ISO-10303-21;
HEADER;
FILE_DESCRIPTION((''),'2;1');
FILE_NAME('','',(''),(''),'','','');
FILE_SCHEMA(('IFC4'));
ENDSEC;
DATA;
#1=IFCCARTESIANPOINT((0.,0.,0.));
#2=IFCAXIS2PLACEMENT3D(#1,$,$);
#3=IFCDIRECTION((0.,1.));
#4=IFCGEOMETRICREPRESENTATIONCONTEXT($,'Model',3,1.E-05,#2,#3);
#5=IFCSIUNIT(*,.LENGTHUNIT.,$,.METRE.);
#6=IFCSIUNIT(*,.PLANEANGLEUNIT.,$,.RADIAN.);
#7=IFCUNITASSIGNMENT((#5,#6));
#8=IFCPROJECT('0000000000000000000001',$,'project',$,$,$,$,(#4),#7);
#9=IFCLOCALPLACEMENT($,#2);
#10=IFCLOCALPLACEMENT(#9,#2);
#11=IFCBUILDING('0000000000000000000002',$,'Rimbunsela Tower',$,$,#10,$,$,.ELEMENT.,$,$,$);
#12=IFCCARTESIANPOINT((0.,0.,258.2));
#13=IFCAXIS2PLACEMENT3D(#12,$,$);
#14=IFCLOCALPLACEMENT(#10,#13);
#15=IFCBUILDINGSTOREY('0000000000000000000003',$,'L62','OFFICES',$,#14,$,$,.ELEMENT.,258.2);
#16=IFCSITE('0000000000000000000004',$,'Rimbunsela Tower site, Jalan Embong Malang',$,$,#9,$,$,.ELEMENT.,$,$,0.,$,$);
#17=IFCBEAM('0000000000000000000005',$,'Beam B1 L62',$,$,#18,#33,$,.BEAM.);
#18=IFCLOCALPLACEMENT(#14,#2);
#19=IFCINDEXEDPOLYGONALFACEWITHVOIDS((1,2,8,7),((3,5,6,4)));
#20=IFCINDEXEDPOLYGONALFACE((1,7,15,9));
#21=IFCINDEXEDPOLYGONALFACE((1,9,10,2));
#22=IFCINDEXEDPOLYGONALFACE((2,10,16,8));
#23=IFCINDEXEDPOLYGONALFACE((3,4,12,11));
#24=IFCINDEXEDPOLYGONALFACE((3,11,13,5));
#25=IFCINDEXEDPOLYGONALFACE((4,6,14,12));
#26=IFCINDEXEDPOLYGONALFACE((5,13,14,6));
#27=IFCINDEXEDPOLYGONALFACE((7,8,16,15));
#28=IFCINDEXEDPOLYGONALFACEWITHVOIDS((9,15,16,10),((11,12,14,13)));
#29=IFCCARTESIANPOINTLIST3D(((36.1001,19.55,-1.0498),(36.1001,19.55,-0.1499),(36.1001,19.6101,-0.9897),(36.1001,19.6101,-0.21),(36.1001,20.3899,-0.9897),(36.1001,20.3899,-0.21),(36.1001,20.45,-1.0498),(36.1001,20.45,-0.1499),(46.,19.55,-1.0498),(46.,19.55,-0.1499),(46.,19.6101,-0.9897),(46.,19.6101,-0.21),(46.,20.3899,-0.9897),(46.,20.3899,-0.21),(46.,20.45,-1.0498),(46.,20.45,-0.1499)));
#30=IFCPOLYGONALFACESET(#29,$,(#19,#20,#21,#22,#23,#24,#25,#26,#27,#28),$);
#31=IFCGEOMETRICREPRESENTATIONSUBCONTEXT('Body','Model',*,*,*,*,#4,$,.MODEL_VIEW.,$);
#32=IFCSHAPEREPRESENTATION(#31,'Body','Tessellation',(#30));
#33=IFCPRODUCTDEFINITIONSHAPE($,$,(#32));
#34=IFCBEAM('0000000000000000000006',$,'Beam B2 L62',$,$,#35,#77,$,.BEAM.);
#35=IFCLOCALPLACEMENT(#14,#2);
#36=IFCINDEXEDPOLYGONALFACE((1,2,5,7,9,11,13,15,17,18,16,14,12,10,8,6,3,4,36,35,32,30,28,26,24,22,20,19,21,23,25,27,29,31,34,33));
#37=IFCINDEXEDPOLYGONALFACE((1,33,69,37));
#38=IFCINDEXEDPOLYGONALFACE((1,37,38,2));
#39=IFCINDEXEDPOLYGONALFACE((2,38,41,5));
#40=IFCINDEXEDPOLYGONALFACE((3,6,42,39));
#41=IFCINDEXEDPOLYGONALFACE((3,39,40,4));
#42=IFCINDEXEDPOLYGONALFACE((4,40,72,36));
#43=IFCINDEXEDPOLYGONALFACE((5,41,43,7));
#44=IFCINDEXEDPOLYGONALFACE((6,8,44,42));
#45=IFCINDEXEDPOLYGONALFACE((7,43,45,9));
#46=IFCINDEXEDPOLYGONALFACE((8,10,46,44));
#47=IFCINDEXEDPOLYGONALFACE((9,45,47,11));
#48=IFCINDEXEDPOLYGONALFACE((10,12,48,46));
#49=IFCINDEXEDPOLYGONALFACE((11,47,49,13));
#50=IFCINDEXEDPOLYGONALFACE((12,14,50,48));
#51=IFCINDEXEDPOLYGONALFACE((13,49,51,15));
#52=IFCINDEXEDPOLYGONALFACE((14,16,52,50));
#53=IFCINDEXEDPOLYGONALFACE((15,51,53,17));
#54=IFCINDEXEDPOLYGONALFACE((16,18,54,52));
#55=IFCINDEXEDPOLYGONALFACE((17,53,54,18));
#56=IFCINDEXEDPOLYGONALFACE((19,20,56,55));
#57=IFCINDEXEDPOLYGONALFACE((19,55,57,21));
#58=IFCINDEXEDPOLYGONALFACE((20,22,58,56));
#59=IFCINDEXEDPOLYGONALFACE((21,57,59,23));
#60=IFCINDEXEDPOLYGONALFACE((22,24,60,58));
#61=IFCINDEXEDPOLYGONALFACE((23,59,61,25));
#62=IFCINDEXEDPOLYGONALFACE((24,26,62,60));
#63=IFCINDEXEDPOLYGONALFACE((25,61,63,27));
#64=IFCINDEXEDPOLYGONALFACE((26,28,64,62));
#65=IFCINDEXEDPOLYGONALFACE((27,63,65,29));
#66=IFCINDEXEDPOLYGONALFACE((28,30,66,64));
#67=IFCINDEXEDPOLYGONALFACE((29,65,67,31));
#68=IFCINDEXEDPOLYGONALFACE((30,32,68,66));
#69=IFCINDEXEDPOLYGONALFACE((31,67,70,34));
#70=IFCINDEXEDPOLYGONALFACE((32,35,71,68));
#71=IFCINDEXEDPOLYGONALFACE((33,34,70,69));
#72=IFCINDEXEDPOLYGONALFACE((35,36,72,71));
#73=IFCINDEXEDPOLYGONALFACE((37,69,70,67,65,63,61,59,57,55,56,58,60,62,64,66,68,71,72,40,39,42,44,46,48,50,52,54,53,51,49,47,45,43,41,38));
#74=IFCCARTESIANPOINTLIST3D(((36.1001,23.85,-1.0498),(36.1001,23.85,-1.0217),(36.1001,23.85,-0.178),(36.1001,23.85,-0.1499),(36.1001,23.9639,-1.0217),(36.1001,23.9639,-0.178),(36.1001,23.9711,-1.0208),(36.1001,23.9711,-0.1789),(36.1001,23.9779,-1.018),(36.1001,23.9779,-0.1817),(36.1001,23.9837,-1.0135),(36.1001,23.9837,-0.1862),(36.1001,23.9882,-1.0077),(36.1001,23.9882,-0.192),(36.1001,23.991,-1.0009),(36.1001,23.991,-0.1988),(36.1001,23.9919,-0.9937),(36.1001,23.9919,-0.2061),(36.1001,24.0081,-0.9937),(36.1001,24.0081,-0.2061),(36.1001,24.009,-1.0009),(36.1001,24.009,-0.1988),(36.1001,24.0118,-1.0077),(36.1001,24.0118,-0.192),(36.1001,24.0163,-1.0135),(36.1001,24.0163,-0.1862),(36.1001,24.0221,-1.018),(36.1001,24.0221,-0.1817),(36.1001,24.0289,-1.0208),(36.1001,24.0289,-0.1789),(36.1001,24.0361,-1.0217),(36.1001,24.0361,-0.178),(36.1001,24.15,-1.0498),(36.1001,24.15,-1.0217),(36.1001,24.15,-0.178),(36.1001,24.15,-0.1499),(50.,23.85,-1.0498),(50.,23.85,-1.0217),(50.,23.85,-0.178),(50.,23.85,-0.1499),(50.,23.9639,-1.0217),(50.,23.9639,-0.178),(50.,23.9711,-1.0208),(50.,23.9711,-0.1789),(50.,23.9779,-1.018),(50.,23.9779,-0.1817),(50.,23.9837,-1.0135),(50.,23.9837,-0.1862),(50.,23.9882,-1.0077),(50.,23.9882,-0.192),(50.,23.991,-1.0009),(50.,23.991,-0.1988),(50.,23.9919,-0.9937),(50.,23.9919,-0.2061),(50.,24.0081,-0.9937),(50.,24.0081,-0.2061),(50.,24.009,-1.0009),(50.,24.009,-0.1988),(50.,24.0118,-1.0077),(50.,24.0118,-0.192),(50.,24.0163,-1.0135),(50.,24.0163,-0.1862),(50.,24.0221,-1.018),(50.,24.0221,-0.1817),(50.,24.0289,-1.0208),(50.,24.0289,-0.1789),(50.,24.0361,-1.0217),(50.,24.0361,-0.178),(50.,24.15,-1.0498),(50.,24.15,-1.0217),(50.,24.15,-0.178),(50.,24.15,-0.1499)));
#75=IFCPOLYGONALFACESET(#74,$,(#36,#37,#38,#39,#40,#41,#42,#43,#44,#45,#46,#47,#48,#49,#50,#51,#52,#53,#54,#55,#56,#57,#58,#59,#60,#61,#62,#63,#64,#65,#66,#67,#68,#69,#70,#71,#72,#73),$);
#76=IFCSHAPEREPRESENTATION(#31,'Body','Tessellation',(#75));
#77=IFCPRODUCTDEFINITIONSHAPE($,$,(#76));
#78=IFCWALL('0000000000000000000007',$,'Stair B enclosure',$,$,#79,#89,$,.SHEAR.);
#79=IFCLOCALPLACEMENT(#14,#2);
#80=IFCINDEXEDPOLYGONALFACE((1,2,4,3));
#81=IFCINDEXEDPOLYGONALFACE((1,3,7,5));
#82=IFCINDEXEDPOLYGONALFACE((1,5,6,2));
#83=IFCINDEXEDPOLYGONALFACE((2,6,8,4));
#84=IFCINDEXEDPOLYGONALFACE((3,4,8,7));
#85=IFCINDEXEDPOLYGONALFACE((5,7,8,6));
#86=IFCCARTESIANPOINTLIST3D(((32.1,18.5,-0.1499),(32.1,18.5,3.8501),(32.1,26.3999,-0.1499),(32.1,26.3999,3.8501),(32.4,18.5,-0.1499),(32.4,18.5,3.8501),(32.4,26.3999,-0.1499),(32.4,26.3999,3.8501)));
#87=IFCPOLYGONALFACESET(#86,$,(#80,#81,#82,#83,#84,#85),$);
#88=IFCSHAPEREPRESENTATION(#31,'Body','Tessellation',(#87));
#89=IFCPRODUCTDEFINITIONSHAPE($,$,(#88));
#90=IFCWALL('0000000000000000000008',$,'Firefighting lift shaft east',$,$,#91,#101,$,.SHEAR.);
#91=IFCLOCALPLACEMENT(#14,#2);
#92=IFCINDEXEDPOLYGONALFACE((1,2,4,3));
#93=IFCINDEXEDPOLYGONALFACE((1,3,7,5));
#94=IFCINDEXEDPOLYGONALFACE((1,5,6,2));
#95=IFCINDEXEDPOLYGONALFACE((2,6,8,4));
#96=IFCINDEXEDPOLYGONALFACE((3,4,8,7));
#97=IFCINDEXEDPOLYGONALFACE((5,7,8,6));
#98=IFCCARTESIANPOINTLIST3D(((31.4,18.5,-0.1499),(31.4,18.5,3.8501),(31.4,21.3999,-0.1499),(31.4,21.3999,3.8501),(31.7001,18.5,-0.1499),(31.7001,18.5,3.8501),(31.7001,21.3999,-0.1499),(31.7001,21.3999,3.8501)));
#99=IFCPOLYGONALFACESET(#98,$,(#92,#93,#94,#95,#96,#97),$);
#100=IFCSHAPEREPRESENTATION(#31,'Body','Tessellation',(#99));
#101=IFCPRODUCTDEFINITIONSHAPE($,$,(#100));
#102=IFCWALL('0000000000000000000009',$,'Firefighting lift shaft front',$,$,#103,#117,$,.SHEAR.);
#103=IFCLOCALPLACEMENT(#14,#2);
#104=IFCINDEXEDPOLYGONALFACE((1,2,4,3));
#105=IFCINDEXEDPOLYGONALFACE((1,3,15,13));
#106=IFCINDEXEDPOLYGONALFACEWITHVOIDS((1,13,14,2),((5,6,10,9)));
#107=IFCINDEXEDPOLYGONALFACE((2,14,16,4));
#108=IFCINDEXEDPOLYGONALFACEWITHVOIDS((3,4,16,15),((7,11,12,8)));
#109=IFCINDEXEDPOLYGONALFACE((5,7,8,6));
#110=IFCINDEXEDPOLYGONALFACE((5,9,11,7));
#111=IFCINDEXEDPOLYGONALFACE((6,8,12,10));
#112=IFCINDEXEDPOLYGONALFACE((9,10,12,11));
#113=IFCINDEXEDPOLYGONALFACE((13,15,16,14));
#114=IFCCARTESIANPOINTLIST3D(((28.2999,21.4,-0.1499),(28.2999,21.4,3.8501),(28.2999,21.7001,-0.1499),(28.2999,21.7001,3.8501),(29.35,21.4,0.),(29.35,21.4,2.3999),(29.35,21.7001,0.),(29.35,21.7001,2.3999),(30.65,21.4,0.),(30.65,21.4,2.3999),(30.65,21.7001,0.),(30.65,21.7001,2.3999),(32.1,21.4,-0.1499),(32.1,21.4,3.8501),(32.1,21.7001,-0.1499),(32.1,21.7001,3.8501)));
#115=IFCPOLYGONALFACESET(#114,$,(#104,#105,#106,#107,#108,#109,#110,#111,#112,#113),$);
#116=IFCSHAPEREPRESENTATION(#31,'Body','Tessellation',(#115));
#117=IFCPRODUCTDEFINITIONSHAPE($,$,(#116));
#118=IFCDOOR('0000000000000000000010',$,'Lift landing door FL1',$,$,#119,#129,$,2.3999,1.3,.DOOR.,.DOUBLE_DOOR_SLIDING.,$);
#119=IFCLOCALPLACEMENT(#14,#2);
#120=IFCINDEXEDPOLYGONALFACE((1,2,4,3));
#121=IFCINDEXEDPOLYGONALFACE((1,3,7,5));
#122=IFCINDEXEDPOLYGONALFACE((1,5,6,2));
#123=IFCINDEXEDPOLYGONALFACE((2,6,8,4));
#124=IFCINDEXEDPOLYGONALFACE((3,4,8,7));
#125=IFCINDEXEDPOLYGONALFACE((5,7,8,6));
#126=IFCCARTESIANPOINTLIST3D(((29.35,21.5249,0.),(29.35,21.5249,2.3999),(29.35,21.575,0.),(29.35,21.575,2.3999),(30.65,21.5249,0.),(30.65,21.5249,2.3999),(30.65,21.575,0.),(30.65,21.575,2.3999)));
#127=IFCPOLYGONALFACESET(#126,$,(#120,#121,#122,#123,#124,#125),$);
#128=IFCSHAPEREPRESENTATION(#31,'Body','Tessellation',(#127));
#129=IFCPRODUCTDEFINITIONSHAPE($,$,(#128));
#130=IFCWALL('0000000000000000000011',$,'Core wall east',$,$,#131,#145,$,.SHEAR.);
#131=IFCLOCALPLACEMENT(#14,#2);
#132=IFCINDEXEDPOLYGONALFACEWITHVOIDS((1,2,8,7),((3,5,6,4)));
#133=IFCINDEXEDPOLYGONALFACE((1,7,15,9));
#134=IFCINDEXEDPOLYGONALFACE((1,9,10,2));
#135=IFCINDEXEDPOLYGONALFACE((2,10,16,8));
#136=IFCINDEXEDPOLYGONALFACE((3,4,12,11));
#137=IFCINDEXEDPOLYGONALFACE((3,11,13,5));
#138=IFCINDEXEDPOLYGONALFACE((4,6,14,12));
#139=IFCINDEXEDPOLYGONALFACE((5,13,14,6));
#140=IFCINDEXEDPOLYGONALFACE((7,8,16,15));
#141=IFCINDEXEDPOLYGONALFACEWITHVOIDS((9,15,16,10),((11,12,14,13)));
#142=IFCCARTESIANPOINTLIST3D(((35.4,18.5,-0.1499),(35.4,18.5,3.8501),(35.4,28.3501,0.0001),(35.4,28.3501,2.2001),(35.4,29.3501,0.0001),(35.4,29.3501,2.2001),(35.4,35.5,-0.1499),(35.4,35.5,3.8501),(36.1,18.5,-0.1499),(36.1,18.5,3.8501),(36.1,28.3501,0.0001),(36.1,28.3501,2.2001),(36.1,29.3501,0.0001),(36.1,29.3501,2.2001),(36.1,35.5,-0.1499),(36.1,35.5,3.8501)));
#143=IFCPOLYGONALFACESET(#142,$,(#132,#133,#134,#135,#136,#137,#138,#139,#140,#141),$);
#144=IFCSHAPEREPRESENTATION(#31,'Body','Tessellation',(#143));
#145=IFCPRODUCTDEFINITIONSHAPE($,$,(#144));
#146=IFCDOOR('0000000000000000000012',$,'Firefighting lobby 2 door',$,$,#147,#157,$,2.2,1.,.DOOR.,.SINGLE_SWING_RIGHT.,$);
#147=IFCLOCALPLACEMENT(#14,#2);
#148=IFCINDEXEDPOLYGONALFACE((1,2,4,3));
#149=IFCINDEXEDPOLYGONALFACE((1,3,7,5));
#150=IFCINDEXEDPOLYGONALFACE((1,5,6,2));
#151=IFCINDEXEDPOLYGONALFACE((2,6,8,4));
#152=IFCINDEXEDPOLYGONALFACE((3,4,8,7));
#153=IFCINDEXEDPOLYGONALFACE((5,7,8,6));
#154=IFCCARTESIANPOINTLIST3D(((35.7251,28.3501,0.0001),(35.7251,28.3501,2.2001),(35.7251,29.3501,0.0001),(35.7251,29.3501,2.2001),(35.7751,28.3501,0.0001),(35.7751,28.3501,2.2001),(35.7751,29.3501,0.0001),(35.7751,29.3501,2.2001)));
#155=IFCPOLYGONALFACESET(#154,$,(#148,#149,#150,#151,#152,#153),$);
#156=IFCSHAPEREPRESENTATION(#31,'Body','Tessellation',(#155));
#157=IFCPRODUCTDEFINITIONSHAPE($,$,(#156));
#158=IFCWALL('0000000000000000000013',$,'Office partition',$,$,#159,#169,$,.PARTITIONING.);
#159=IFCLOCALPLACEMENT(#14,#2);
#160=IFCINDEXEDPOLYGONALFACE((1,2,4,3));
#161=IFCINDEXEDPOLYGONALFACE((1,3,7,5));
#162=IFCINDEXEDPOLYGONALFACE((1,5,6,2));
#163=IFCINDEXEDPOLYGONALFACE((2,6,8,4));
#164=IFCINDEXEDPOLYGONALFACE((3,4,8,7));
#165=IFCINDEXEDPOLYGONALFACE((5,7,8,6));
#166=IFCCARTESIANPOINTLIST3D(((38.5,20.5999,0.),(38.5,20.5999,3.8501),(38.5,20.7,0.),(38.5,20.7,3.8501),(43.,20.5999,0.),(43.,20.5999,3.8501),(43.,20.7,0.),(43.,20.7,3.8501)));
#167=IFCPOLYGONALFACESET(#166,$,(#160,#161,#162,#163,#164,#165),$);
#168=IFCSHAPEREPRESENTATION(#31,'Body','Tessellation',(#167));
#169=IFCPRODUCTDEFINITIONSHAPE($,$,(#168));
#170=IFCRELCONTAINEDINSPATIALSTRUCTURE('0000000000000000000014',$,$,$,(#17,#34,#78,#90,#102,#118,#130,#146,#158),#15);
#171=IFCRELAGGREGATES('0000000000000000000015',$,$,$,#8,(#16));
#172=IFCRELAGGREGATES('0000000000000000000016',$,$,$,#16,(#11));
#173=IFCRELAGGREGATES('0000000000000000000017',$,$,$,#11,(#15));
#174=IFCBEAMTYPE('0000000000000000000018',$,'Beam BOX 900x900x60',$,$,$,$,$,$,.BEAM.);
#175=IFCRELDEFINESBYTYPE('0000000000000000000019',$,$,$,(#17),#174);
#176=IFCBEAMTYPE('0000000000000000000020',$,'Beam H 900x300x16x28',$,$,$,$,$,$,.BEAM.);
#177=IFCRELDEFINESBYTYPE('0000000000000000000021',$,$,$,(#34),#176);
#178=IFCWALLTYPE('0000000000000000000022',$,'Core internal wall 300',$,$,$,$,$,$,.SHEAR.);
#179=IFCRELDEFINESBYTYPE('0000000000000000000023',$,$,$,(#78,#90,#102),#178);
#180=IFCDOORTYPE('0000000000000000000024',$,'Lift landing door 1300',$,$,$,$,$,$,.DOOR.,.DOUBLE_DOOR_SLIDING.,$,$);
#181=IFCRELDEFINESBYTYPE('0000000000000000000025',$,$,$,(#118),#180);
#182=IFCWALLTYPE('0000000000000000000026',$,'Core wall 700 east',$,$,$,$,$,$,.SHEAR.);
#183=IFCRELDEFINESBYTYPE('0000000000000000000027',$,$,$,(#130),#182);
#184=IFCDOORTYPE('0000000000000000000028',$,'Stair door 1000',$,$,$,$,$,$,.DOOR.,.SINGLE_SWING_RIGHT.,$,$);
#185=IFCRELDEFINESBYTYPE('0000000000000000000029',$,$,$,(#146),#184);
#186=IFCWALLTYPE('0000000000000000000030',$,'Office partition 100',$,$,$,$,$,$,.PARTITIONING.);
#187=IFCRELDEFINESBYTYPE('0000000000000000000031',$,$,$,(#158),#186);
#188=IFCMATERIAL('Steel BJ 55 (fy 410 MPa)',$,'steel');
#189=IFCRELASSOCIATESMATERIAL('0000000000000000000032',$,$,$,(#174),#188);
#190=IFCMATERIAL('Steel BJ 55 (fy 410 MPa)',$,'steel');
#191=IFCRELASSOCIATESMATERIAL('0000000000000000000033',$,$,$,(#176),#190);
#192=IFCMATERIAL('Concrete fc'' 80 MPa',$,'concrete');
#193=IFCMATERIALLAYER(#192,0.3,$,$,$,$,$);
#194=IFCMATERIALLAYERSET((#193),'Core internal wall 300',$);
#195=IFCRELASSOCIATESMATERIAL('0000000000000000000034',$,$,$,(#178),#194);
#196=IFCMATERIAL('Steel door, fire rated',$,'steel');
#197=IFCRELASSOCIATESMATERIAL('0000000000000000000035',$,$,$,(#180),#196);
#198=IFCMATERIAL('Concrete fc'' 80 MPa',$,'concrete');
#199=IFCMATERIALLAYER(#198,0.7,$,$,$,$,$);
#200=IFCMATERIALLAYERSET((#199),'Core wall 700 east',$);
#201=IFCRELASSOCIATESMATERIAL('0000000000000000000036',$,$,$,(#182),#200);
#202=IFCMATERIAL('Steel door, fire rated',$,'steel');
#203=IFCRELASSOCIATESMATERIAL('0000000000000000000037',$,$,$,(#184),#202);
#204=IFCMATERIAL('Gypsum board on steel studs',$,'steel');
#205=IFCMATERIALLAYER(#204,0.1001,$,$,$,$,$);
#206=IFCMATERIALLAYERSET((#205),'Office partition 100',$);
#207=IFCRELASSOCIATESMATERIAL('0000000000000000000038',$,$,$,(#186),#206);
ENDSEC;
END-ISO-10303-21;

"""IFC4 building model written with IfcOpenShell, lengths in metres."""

from ifc_helpers import new_model, si_unit, direction, frame, frame_2d, origin, origin_2d, place, context, subcontext, project, spatial, rectangle, hollow_rectangle, i_section, extrude, material, layer, layer_set, material_profile, profile_set, type_object, element, fill, save


model = new_model("IFC4")

# Units and contexts
model_context = context("Model", 3, precision=1e-05, world=origin(), true_north=direction((0.0, 1.0)))
body_context = subcontext(model_context, "Body", "Model", "MODEL_VIEW")
ifc_project = project(units=[si_unit("LENGTHUNIT", "METRE"), si_unit("PLANEANGLEUNIT", "RADIAN")], contexts=[model_context])

# Site, building, storey
site_placement = place(None, origin())
site = spatial("IfcSite", under=ifc_project, at=site_placement, Name="Rimbunsela Tower site, Jalan Embong Malang", CompositionType="ELEMENT", RefElevation=0.0)
building_placement = place(site_placement, origin())
building = spatial("IfcBuilding", under=site, at=building_placement, Name="Rimbunsela Tower", CompositionType="ELEMENT")
storey_placement = place(building_placement, frame((0.0, 0.0, 258.2)))
storey = spatial("IfcBuildingStorey", under=building, at=storey_placement, Name="L62", Description="OFFICES", CompositionType="ELEMENT", Elevation=258.2)

# Beams
ifc_material_1 = material(Name="Steel BJ 55 (fy 410 MPa)", Category="steel")
ifc_material_profile_1 = material_profile(ifc_material_1, hollow_rectangle(XDim=0.8999, YDim=0.8999, WallThickness=0.0601, at=origin_2d()), Name="BOX 900x900x60")
ifc_profile_set_1 = profile_set([ifc_material_profile_1], Name="Steel BJ 55 (fy 410 MPa)")
beam_type_1 = type_object("IfcBeamType", Name="Beam BOX 900x900x60", PredefinedType="BEAM", material=ifc_profile_set_1)
beam_1_placement = place(storey_placement, frame((36.1001, 20.0, -0.5999), z_axis=(1.0, 0.0, 0.0), x_axis=(0.0, 1.0, 0.0)))
element("IfcBeam", 1, at=beam_1_placement, inside=storey, type_object=beam_type_1, Name="Beam B1 L62", PredefinedType="BEAM", context=body_context, shape_type="SweptSolid", body=[
    extrude(hollow_rectangle(XDim=0.8999, YDim=0.8999, WallThickness=0.0601, at=origin_2d()), origin(), (0.0, 0.0, 1.0), 9.8999),
])
ifc_material_2 = material(Name="Steel BJ 55 (fy 410 MPa)", Category="steel")
ifc_material_profile_2 = material_profile(ifc_material_2, i_section(OverallWidth=0.3, OverallDepth=0.8999, WebThickness=0.0161, FlangeThickness=0.0281, FilletRadius=0.0281, at=origin_2d()), Name="H 900x300x16x28")
ifc_profile_set_2 = profile_set([ifc_material_profile_2], Name="Steel BJ 55 (fy 410 MPa)")
beam_type_2 = type_object("IfcBeamType", Name="Beam H 900x300x16x28", PredefinedType="BEAM", material=ifc_profile_set_2)
beam_2_placement = place(storey_placement, frame((36.1001, 24.0, -0.5999), z_axis=(1.0, 0.0, 0.0), x_axis=(0.0, 1.0, 0.0)))
element("IfcBeam", 2, at=beam_2_placement, inside=storey, type_object=beam_type_2, Name="Beam B2 L62", PredefinedType="BEAM", context=body_context, shape_type="SweptSolid", body=[
    extrude(i_section(OverallWidth=0.3, OverallDepth=0.8999, WebThickness=0.0161, FlangeThickness=0.0281, FilletRadius=0.0281, at=origin_2d()), origin(), (0.0, 0.0, 1.0), 13.8999),
])

# Walls
ifc_material_3 = material(Name="Concrete fc' 80 MPa", Category="concrete")
ifc_layer_1 = layer(ifc_material_3, 0.3)
ifc_layer_set_1 = layer_set([ifc_layer_1], Name="Core internal wall 300")
wall_type_1 = type_object("IfcWallType", Name="Core internal wall 300", PredefinedType="SHEAR", material=ifc_layer_set_1)
wall_1_placement = place(storey_placement, frame((32.25, 18.5, -0.1499), z_axis=(0.0, 0.0, 1.0), x_axis=(0.0, 1.0, 0.0)))
element("IfcWall", 3, at=wall_1_placement, inside=storey, type_object=wall_type_1, Name="Stair B enclosure", PredefinedType="SHEAR", context=body_context, shape_type="SweptSolid", body=[
    extrude(rectangle(XDim=7.8999, YDim=0.3, at=frame_2d((3.95, 0.0))), origin(), (0.0, 0.0, 1.0), 4.0),
])
wall_2_placement = place(storey_placement, frame((31.55, 18.5, -0.1499), z_axis=(0.0, 0.0, 1.0), x_axis=(0.0, 1.0, 0.0)))
element("IfcWall", 4, at=wall_2_placement, inside=storey, type_object=wall_type_1, Name="Firefighting lift shaft east", PredefinedType="SHEAR", context=body_context, shape_type="SweptSolid", body=[
    extrude(rectangle(XDim=2.8999, YDim=0.3, at=frame_2d((1.45, 0.0))), origin(), (0.0, 0.0, 1.0), 4.0),
])

# Walls, openings, doors
wall_3_placement = place(storey_placement, frame((28.3, 21.55, -0.1499), z_axis=(0.0, 0.0, 1.0), x_axis=(1.0, 0.0, 0.0)))
wall_3 = element("IfcWall", 5, at=wall_3_placement, inside=storey, type_object=wall_type_1, Name="Firefighting lift shaft front", PredefinedType="SHEAR", context=body_context, shape_type="SweptSolid", body=[
    extrude(rectangle(XDim=3.8, YDim=0.3, at=frame_2d((1.8999, 0.0))), origin(), (0.0, 0.0, 1.0), 4.0),
])
opening_1_placement = place(wall_3_placement, frame((1.05, 0.0, 0.1499)))
opening_1 = element("IfcOpeningElement", 6, at=opening_1_placement, cuts=wall_3, PredefinedType="OPENING", context=body_context, shape_type="SweptSolid", body=[
    extrude(rectangle(XDim=1.3, YDim=2.3999, at=frame_2d((0.6499, 1.2))), frame((0.0, 0.1599, 0.0), z_axis=(0.0, -1.0, 0.0), x_axis=(1.0, 0.0, 0.0)), (0.0, 0.0, 1.0), 0.3201),
])
ifc_material_4 = material(Name="Steel door, fire rated", Category="steel")
door_type_1 = type_object("IfcDoorType", Name="Lift landing door 1300", OperationType="DOUBLE_DOOR_SLIDING", PredefinedType="DOOR", material=ifc_material_4)
door_1_placement = place(opening_1_placement, origin())
door_1 = element("IfcDoor", 7, at=door_1_placement, inside=storey, type_object=door_type_1, Name="Lift landing door FL1", OperationType="DOUBLE_DOOR_SLIDING", OverallHeight=2.3999, OverallWidth=1.3, PredefinedType="DOOR", context=body_context, shape_type="SweptSolid", body=[
    extrude(rectangle(XDim=1.3, YDim=2.3999, at=frame_2d((0.6499, 1.2))), frame((0.0, 0.0249, 0.0), z_axis=(0.0, -1.0, 0.0), x_axis=(1.0, 0.0, 0.0)), (0.0, 0.0, 1.0), 0.05),
])
fill(opening_1, door_1)
ifc_material_5 = material(Name="Concrete fc' 80 MPa", Category="concrete")
ifc_layer_2 = layer(ifc_material_5, 0.7)
ifc_layer_set_2 = layer_set([ifc_layer_2], Name="Core wall 700 east")
wall_type_2 = type_object("IfcWallType", Name="Core wall 700 east", PredefinedType="SHEAR", material=ifc_layer_set_2)
wall_4_placement = place(storey_placement, frame((35.75, 18.5, -0.1499), z_axis=(0.0, 0.0, 1.0), x_axis=(0.0, 1.0, 0.0)))
wall_4 = element("IfcWall", 8, at=wall_4_placement, inside=storey, type_object=wall_type_2, Name="Core wall east", PredefinedType="SHEAR", context=body_context, shape_type="SweptSolid", body=[
    extrude(rectangle(XDim=17.0, YDim=0.7, at=frame_2d((8.5, 0.0))), origin(), (0.0, 0.0, 1.0), 4.0),
])
opening_2_placement = place(wall_4_placement, frame((9.8501, 0.0, 0.1499)))
opening_2 = element("IfcOpeningElement", 9, at=opening_2_placement, cuts=wall_4, PredefinedType="OPENING", context=body_context, shape_type="SweptSolid", body=[
    extrude(rectangle(XDim=1.0, YDim=2.2, at=frame_2d((0.5, 1.1001))), frame((0.0, 0.3599, 0.0), z_axis=(0.0, -1.0, 0.0), x_axis=(1.0, 0.0, 0.0)), (0.0, 0.0, 1.0), 0.72),
])
ifc_material_6 = material(Name="Steel door, fire rated", Category="steel")
door_type_2 = type_object("IfcDoorType", Name="Stair door 1000", OperationType="SINGLE_SWING_RIGHT", PredefinedType="DOOR", material=ifc_material_6)
door_2_placement = place(opening_2_placement, origin())
door_2 = element("IfcDoor", 10, at=door_2_placement, inside=storey, type_object=door_type_2, Name="Firefighting lobby 2 door", OperationType="SINGLE_SWING_RIGHT", OverallHeight=2.2, OverallWidth=1.0, PredefinedType="DOOR", context=body_context, shape_type="SweptSolid", body=[
    extrude(rectangle(XDim=1.0, YDim=2.2, at=frame_2d((0.5, 1.1001))), frame((0.0, 0.0249, 0.0), z_axis=(0.0, -1.0, 0.0), x_axis=(1.0, 0.0, 0.0)), (0.0, 0.0, 1.0), 0.05),
])
fill(opening_2, door_2)

# Wall
ifc_material_7 = material(Name="Gypsum board on steel studs", Category="steel")
ifc_layer_3 = layer(ifc_material_7, 0.1001)
ifc_layer_set_3 = layer_set([ifc_layer_3], Name="Office partition 100")
wall_type_3 = type_object("IfcWallType", Name="Office partition 100", PredefinedType="PARTITIONING", material=ifc_layer_set_3)
wall_5_placement = place(storey_placement, frame((38.5, 20.6499, 0.0), z_axis=(0.0, 0.0, 1.0), x_axis=(1.0, 0.0, 0.0)))
element("IfcWall", 11, at=wall_5_placement, inside=storey, type_object=wall_type_3, Name="Office partition", PredefinedType="PARTITIONING", context=body_context, shape_type="SweptSolid", body=[
    extrude(rectangle(XDim=4.5, YDim=0.1001, at=frame_2d((2.25, 0.0))), origin(), (0.0, 0.0, 1.0), 3.8501),
])

save(model, "model.ifc")
